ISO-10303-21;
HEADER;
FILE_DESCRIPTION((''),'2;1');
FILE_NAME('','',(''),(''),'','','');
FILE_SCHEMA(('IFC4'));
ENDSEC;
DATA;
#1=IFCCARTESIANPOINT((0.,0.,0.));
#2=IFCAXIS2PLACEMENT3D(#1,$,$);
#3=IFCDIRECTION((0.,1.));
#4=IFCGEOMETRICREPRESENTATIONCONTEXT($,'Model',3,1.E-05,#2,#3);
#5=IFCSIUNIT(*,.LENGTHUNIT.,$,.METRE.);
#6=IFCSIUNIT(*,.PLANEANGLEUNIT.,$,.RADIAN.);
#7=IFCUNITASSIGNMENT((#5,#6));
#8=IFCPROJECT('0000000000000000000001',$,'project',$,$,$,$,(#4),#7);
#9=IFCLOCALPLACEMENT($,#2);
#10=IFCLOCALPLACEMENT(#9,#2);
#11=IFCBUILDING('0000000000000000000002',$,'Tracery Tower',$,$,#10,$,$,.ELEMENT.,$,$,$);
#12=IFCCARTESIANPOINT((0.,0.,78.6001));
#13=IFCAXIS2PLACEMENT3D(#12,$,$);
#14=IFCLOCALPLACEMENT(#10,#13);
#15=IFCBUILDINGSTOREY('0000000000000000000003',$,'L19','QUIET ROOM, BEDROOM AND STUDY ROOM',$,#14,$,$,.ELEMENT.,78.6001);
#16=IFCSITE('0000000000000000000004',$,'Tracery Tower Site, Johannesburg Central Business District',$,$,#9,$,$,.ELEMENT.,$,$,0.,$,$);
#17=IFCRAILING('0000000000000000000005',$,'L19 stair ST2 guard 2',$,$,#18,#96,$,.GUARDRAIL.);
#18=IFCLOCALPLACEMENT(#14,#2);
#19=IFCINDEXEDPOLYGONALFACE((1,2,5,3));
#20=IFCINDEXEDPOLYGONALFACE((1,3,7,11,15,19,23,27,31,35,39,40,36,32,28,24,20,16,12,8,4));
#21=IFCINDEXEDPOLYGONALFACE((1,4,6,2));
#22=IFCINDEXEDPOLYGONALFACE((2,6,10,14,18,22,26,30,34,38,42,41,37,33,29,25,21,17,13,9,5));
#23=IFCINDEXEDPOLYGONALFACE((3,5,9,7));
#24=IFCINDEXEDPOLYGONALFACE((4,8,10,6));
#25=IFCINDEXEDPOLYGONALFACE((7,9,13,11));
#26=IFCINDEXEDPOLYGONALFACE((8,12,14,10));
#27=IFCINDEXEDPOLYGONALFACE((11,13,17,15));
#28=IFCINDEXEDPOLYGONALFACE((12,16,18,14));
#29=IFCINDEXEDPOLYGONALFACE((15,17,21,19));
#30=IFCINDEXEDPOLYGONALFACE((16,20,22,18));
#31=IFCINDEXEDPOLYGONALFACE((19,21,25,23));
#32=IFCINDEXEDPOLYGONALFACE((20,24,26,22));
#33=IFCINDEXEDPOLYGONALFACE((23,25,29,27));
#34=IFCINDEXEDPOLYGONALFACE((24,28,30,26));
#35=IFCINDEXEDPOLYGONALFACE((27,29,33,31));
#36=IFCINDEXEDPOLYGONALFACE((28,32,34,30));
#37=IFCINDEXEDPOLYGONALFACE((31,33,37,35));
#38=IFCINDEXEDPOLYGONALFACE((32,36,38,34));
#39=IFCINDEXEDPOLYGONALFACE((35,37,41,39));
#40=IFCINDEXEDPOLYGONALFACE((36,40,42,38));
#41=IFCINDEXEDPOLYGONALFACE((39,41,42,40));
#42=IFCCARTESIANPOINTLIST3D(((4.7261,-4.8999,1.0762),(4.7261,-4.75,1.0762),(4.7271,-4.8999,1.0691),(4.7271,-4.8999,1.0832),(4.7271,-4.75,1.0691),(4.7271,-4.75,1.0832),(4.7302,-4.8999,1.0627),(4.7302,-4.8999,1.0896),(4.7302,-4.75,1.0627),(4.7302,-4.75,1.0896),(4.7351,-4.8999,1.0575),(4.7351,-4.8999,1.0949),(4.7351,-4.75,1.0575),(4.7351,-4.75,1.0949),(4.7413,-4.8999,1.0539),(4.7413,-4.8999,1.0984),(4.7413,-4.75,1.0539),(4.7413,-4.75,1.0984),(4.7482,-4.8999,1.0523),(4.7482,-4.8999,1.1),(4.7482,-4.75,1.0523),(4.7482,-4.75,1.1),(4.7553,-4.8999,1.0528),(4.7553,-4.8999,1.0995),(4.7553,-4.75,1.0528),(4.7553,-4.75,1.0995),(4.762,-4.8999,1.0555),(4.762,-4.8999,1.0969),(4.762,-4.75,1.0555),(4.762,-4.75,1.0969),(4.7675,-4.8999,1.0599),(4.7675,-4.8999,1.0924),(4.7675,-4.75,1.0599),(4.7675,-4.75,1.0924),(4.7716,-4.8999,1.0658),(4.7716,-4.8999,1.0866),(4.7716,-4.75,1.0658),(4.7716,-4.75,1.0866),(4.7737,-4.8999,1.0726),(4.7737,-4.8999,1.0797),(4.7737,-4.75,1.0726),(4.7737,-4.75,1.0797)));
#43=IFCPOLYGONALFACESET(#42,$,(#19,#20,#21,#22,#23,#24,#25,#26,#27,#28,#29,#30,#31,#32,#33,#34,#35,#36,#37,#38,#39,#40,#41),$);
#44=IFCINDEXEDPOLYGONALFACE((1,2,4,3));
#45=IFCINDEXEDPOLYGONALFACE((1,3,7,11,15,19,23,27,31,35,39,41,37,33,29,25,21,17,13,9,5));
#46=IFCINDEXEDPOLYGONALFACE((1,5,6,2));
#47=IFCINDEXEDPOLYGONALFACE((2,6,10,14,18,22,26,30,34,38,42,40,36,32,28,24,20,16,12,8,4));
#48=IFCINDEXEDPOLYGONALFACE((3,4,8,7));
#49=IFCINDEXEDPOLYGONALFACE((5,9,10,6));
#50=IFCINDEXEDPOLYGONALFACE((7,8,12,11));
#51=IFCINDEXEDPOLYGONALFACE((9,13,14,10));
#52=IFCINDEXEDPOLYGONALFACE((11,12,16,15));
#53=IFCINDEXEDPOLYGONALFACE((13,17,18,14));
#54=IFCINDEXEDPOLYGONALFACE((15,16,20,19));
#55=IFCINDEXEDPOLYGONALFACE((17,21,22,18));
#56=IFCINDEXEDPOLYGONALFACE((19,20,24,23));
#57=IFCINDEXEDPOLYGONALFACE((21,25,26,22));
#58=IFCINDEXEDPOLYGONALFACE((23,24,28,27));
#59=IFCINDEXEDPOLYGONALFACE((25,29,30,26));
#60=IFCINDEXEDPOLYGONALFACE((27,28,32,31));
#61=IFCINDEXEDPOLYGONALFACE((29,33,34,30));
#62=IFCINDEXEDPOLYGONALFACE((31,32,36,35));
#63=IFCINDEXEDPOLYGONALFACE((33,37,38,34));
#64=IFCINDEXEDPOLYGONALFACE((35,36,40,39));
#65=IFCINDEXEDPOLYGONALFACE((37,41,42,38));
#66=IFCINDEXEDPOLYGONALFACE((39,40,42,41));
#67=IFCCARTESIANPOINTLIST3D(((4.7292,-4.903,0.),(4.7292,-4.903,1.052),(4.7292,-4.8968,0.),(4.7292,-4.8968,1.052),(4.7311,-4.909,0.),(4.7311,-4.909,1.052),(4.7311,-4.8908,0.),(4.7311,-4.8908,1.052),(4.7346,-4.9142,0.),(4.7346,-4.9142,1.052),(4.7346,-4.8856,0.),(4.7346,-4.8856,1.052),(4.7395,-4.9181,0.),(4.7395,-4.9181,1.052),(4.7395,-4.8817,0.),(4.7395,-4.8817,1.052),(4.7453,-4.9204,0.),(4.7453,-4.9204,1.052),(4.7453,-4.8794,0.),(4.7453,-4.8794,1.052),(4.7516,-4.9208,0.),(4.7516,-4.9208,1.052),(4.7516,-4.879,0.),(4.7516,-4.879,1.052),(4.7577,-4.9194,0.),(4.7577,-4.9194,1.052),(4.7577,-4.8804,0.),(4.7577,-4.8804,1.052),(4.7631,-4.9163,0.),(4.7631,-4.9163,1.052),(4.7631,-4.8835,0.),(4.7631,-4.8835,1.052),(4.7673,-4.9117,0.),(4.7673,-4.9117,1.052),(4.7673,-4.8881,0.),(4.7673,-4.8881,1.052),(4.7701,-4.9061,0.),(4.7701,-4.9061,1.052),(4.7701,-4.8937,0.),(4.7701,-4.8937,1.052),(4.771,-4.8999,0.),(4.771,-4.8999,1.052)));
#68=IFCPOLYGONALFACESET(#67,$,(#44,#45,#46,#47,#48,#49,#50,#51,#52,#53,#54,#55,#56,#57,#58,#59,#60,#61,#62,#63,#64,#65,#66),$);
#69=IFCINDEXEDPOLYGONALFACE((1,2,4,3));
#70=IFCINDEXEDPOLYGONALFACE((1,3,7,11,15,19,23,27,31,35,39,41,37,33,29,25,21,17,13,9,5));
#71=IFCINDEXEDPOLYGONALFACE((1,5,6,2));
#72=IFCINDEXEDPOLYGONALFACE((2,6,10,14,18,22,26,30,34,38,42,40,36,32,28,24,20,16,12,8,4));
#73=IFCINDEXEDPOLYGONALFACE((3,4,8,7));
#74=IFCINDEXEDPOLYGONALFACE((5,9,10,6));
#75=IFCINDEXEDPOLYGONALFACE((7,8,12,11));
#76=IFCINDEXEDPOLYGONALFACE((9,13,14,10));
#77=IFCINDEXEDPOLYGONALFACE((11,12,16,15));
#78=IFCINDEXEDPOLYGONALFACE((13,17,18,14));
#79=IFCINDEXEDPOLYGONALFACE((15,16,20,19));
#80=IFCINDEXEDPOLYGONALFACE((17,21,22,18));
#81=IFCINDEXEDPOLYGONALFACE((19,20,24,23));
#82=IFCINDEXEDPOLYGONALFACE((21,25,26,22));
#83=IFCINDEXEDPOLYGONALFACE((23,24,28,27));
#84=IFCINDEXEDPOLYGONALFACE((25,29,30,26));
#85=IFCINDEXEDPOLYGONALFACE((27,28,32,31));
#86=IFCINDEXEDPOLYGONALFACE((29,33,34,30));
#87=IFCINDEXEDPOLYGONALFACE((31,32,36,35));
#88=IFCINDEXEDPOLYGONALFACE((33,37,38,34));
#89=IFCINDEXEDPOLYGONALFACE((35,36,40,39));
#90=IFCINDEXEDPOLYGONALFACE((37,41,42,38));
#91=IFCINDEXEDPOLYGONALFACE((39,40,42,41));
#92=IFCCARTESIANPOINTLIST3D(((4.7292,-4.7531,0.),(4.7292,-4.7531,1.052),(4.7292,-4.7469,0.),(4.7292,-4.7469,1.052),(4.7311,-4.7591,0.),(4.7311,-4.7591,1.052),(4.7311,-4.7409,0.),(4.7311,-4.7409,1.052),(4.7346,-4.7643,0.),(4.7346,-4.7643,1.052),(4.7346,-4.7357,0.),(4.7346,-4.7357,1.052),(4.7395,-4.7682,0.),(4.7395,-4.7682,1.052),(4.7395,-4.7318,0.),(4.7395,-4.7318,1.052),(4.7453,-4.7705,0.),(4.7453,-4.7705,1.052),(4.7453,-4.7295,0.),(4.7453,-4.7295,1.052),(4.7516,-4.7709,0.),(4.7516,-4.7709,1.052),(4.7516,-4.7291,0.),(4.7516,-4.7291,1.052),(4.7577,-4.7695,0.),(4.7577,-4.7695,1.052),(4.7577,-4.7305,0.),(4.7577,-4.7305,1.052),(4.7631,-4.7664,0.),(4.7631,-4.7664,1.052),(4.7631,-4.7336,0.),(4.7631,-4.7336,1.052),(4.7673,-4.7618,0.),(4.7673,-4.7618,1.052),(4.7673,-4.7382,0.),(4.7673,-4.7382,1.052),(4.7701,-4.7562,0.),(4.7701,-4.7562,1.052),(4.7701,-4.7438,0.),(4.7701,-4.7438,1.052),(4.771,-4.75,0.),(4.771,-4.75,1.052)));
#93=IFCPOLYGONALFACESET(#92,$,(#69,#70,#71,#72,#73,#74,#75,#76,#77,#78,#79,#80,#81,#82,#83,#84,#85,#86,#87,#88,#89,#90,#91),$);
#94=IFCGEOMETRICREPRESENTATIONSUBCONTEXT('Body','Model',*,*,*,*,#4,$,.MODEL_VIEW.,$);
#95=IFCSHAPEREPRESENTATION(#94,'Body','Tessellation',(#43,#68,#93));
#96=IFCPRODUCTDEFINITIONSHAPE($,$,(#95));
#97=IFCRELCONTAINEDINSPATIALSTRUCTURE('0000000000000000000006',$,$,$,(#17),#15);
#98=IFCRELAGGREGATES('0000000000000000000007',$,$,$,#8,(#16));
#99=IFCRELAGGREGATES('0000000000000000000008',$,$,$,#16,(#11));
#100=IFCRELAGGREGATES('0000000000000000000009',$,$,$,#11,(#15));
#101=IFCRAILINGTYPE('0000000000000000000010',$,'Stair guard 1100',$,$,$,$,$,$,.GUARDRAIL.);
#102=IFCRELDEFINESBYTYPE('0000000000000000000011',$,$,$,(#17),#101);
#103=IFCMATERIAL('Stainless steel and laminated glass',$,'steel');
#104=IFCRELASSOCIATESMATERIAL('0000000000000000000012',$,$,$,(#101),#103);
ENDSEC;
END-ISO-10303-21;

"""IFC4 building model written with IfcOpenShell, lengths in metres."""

from ifc_helpers import new_model, si_unit, direction, frame, origin, origin_2d, place, context, subcontext, project, spatial, circle, extrude, material, type_object, element, save


model = new_model("IFC4")

# Units and contexts
model_context = context("Model", 3, precision=1e-05, world=origin(), true_north=direction((0.0, 1.0)))
body_context = subcontext(model_context, "Body", "Model", "MODEL_VIEW")
ifc_project = project(units=[si_unit("LENGTHUNIT", "METRE"), si_unit("PLANEANGLEUNIT", "RADIAN")], contexts=[model_context])

# Site, building, storey
site_placement = place(None, origin())
site = spatial("IfcSite", under=ifc_project, at=site_placement, Name="Tracery Tower Site, Johannesburg Central Business District", CompositionType="ELEMENT", RefElevation=0.0)
building_placement = place(site_placement, origin())
building = spatial("IfcBuilding", under=site, at=building_placement, Name="Tracery Tower", CompositionType="ELEMENT")
storey_placement = place(building_placement, frame((0.0, 0.0, 78.6001)))
storey = spatial("IfcBuildingStorey", under=building, at=storey_placement, Name="L19", Description="QUIET ROOM, BEDROOM AND STUDY ROOM", CompositionType="ELEMENT", Elevation=78.6001)

# Railing
ifc_material_1 = material(Name="Stainless steel and laminated glass", Category="steel")
railing_type_1 = type_object("IfcRailingType", Name="Stair guard 1100", PredefinedType="GUARDRAIL", material=ifc_material_1)
railing_1_placement = place(storey_placement, frame((4.75, -4.8999, 0.0)))
element("IfcRailing", 1, at=railing_1_placement, inside=storey, type_object=railing_type_1, Name="L19 stair ST2 guard 2", PredefinedType="GUARDRAIL", context=body_context, shape_type="SweptSolid", body=[
    extrude(circle(Radius=0.0239, at=origin_2d()), frame((0.0, 0.0, 1.0762), z_axis=(0.0, 1.0, 0.0), x_axis=(-1.0, 0.0, 0.0)), (0.0, 0.0, 1.0), 0.1499),
    extrude(circle(Radius=0.021, at=origin_2d()), origin(), (0.0, 0.0, 1.0), 1.052),
    extrude(circle(Radius=0.021, at=origin_2d()), frame((0.0, 0.1499, 0.0)), (0.0, 0.0, 1.0), 1.052),
])

save(model, "model.ifc")
